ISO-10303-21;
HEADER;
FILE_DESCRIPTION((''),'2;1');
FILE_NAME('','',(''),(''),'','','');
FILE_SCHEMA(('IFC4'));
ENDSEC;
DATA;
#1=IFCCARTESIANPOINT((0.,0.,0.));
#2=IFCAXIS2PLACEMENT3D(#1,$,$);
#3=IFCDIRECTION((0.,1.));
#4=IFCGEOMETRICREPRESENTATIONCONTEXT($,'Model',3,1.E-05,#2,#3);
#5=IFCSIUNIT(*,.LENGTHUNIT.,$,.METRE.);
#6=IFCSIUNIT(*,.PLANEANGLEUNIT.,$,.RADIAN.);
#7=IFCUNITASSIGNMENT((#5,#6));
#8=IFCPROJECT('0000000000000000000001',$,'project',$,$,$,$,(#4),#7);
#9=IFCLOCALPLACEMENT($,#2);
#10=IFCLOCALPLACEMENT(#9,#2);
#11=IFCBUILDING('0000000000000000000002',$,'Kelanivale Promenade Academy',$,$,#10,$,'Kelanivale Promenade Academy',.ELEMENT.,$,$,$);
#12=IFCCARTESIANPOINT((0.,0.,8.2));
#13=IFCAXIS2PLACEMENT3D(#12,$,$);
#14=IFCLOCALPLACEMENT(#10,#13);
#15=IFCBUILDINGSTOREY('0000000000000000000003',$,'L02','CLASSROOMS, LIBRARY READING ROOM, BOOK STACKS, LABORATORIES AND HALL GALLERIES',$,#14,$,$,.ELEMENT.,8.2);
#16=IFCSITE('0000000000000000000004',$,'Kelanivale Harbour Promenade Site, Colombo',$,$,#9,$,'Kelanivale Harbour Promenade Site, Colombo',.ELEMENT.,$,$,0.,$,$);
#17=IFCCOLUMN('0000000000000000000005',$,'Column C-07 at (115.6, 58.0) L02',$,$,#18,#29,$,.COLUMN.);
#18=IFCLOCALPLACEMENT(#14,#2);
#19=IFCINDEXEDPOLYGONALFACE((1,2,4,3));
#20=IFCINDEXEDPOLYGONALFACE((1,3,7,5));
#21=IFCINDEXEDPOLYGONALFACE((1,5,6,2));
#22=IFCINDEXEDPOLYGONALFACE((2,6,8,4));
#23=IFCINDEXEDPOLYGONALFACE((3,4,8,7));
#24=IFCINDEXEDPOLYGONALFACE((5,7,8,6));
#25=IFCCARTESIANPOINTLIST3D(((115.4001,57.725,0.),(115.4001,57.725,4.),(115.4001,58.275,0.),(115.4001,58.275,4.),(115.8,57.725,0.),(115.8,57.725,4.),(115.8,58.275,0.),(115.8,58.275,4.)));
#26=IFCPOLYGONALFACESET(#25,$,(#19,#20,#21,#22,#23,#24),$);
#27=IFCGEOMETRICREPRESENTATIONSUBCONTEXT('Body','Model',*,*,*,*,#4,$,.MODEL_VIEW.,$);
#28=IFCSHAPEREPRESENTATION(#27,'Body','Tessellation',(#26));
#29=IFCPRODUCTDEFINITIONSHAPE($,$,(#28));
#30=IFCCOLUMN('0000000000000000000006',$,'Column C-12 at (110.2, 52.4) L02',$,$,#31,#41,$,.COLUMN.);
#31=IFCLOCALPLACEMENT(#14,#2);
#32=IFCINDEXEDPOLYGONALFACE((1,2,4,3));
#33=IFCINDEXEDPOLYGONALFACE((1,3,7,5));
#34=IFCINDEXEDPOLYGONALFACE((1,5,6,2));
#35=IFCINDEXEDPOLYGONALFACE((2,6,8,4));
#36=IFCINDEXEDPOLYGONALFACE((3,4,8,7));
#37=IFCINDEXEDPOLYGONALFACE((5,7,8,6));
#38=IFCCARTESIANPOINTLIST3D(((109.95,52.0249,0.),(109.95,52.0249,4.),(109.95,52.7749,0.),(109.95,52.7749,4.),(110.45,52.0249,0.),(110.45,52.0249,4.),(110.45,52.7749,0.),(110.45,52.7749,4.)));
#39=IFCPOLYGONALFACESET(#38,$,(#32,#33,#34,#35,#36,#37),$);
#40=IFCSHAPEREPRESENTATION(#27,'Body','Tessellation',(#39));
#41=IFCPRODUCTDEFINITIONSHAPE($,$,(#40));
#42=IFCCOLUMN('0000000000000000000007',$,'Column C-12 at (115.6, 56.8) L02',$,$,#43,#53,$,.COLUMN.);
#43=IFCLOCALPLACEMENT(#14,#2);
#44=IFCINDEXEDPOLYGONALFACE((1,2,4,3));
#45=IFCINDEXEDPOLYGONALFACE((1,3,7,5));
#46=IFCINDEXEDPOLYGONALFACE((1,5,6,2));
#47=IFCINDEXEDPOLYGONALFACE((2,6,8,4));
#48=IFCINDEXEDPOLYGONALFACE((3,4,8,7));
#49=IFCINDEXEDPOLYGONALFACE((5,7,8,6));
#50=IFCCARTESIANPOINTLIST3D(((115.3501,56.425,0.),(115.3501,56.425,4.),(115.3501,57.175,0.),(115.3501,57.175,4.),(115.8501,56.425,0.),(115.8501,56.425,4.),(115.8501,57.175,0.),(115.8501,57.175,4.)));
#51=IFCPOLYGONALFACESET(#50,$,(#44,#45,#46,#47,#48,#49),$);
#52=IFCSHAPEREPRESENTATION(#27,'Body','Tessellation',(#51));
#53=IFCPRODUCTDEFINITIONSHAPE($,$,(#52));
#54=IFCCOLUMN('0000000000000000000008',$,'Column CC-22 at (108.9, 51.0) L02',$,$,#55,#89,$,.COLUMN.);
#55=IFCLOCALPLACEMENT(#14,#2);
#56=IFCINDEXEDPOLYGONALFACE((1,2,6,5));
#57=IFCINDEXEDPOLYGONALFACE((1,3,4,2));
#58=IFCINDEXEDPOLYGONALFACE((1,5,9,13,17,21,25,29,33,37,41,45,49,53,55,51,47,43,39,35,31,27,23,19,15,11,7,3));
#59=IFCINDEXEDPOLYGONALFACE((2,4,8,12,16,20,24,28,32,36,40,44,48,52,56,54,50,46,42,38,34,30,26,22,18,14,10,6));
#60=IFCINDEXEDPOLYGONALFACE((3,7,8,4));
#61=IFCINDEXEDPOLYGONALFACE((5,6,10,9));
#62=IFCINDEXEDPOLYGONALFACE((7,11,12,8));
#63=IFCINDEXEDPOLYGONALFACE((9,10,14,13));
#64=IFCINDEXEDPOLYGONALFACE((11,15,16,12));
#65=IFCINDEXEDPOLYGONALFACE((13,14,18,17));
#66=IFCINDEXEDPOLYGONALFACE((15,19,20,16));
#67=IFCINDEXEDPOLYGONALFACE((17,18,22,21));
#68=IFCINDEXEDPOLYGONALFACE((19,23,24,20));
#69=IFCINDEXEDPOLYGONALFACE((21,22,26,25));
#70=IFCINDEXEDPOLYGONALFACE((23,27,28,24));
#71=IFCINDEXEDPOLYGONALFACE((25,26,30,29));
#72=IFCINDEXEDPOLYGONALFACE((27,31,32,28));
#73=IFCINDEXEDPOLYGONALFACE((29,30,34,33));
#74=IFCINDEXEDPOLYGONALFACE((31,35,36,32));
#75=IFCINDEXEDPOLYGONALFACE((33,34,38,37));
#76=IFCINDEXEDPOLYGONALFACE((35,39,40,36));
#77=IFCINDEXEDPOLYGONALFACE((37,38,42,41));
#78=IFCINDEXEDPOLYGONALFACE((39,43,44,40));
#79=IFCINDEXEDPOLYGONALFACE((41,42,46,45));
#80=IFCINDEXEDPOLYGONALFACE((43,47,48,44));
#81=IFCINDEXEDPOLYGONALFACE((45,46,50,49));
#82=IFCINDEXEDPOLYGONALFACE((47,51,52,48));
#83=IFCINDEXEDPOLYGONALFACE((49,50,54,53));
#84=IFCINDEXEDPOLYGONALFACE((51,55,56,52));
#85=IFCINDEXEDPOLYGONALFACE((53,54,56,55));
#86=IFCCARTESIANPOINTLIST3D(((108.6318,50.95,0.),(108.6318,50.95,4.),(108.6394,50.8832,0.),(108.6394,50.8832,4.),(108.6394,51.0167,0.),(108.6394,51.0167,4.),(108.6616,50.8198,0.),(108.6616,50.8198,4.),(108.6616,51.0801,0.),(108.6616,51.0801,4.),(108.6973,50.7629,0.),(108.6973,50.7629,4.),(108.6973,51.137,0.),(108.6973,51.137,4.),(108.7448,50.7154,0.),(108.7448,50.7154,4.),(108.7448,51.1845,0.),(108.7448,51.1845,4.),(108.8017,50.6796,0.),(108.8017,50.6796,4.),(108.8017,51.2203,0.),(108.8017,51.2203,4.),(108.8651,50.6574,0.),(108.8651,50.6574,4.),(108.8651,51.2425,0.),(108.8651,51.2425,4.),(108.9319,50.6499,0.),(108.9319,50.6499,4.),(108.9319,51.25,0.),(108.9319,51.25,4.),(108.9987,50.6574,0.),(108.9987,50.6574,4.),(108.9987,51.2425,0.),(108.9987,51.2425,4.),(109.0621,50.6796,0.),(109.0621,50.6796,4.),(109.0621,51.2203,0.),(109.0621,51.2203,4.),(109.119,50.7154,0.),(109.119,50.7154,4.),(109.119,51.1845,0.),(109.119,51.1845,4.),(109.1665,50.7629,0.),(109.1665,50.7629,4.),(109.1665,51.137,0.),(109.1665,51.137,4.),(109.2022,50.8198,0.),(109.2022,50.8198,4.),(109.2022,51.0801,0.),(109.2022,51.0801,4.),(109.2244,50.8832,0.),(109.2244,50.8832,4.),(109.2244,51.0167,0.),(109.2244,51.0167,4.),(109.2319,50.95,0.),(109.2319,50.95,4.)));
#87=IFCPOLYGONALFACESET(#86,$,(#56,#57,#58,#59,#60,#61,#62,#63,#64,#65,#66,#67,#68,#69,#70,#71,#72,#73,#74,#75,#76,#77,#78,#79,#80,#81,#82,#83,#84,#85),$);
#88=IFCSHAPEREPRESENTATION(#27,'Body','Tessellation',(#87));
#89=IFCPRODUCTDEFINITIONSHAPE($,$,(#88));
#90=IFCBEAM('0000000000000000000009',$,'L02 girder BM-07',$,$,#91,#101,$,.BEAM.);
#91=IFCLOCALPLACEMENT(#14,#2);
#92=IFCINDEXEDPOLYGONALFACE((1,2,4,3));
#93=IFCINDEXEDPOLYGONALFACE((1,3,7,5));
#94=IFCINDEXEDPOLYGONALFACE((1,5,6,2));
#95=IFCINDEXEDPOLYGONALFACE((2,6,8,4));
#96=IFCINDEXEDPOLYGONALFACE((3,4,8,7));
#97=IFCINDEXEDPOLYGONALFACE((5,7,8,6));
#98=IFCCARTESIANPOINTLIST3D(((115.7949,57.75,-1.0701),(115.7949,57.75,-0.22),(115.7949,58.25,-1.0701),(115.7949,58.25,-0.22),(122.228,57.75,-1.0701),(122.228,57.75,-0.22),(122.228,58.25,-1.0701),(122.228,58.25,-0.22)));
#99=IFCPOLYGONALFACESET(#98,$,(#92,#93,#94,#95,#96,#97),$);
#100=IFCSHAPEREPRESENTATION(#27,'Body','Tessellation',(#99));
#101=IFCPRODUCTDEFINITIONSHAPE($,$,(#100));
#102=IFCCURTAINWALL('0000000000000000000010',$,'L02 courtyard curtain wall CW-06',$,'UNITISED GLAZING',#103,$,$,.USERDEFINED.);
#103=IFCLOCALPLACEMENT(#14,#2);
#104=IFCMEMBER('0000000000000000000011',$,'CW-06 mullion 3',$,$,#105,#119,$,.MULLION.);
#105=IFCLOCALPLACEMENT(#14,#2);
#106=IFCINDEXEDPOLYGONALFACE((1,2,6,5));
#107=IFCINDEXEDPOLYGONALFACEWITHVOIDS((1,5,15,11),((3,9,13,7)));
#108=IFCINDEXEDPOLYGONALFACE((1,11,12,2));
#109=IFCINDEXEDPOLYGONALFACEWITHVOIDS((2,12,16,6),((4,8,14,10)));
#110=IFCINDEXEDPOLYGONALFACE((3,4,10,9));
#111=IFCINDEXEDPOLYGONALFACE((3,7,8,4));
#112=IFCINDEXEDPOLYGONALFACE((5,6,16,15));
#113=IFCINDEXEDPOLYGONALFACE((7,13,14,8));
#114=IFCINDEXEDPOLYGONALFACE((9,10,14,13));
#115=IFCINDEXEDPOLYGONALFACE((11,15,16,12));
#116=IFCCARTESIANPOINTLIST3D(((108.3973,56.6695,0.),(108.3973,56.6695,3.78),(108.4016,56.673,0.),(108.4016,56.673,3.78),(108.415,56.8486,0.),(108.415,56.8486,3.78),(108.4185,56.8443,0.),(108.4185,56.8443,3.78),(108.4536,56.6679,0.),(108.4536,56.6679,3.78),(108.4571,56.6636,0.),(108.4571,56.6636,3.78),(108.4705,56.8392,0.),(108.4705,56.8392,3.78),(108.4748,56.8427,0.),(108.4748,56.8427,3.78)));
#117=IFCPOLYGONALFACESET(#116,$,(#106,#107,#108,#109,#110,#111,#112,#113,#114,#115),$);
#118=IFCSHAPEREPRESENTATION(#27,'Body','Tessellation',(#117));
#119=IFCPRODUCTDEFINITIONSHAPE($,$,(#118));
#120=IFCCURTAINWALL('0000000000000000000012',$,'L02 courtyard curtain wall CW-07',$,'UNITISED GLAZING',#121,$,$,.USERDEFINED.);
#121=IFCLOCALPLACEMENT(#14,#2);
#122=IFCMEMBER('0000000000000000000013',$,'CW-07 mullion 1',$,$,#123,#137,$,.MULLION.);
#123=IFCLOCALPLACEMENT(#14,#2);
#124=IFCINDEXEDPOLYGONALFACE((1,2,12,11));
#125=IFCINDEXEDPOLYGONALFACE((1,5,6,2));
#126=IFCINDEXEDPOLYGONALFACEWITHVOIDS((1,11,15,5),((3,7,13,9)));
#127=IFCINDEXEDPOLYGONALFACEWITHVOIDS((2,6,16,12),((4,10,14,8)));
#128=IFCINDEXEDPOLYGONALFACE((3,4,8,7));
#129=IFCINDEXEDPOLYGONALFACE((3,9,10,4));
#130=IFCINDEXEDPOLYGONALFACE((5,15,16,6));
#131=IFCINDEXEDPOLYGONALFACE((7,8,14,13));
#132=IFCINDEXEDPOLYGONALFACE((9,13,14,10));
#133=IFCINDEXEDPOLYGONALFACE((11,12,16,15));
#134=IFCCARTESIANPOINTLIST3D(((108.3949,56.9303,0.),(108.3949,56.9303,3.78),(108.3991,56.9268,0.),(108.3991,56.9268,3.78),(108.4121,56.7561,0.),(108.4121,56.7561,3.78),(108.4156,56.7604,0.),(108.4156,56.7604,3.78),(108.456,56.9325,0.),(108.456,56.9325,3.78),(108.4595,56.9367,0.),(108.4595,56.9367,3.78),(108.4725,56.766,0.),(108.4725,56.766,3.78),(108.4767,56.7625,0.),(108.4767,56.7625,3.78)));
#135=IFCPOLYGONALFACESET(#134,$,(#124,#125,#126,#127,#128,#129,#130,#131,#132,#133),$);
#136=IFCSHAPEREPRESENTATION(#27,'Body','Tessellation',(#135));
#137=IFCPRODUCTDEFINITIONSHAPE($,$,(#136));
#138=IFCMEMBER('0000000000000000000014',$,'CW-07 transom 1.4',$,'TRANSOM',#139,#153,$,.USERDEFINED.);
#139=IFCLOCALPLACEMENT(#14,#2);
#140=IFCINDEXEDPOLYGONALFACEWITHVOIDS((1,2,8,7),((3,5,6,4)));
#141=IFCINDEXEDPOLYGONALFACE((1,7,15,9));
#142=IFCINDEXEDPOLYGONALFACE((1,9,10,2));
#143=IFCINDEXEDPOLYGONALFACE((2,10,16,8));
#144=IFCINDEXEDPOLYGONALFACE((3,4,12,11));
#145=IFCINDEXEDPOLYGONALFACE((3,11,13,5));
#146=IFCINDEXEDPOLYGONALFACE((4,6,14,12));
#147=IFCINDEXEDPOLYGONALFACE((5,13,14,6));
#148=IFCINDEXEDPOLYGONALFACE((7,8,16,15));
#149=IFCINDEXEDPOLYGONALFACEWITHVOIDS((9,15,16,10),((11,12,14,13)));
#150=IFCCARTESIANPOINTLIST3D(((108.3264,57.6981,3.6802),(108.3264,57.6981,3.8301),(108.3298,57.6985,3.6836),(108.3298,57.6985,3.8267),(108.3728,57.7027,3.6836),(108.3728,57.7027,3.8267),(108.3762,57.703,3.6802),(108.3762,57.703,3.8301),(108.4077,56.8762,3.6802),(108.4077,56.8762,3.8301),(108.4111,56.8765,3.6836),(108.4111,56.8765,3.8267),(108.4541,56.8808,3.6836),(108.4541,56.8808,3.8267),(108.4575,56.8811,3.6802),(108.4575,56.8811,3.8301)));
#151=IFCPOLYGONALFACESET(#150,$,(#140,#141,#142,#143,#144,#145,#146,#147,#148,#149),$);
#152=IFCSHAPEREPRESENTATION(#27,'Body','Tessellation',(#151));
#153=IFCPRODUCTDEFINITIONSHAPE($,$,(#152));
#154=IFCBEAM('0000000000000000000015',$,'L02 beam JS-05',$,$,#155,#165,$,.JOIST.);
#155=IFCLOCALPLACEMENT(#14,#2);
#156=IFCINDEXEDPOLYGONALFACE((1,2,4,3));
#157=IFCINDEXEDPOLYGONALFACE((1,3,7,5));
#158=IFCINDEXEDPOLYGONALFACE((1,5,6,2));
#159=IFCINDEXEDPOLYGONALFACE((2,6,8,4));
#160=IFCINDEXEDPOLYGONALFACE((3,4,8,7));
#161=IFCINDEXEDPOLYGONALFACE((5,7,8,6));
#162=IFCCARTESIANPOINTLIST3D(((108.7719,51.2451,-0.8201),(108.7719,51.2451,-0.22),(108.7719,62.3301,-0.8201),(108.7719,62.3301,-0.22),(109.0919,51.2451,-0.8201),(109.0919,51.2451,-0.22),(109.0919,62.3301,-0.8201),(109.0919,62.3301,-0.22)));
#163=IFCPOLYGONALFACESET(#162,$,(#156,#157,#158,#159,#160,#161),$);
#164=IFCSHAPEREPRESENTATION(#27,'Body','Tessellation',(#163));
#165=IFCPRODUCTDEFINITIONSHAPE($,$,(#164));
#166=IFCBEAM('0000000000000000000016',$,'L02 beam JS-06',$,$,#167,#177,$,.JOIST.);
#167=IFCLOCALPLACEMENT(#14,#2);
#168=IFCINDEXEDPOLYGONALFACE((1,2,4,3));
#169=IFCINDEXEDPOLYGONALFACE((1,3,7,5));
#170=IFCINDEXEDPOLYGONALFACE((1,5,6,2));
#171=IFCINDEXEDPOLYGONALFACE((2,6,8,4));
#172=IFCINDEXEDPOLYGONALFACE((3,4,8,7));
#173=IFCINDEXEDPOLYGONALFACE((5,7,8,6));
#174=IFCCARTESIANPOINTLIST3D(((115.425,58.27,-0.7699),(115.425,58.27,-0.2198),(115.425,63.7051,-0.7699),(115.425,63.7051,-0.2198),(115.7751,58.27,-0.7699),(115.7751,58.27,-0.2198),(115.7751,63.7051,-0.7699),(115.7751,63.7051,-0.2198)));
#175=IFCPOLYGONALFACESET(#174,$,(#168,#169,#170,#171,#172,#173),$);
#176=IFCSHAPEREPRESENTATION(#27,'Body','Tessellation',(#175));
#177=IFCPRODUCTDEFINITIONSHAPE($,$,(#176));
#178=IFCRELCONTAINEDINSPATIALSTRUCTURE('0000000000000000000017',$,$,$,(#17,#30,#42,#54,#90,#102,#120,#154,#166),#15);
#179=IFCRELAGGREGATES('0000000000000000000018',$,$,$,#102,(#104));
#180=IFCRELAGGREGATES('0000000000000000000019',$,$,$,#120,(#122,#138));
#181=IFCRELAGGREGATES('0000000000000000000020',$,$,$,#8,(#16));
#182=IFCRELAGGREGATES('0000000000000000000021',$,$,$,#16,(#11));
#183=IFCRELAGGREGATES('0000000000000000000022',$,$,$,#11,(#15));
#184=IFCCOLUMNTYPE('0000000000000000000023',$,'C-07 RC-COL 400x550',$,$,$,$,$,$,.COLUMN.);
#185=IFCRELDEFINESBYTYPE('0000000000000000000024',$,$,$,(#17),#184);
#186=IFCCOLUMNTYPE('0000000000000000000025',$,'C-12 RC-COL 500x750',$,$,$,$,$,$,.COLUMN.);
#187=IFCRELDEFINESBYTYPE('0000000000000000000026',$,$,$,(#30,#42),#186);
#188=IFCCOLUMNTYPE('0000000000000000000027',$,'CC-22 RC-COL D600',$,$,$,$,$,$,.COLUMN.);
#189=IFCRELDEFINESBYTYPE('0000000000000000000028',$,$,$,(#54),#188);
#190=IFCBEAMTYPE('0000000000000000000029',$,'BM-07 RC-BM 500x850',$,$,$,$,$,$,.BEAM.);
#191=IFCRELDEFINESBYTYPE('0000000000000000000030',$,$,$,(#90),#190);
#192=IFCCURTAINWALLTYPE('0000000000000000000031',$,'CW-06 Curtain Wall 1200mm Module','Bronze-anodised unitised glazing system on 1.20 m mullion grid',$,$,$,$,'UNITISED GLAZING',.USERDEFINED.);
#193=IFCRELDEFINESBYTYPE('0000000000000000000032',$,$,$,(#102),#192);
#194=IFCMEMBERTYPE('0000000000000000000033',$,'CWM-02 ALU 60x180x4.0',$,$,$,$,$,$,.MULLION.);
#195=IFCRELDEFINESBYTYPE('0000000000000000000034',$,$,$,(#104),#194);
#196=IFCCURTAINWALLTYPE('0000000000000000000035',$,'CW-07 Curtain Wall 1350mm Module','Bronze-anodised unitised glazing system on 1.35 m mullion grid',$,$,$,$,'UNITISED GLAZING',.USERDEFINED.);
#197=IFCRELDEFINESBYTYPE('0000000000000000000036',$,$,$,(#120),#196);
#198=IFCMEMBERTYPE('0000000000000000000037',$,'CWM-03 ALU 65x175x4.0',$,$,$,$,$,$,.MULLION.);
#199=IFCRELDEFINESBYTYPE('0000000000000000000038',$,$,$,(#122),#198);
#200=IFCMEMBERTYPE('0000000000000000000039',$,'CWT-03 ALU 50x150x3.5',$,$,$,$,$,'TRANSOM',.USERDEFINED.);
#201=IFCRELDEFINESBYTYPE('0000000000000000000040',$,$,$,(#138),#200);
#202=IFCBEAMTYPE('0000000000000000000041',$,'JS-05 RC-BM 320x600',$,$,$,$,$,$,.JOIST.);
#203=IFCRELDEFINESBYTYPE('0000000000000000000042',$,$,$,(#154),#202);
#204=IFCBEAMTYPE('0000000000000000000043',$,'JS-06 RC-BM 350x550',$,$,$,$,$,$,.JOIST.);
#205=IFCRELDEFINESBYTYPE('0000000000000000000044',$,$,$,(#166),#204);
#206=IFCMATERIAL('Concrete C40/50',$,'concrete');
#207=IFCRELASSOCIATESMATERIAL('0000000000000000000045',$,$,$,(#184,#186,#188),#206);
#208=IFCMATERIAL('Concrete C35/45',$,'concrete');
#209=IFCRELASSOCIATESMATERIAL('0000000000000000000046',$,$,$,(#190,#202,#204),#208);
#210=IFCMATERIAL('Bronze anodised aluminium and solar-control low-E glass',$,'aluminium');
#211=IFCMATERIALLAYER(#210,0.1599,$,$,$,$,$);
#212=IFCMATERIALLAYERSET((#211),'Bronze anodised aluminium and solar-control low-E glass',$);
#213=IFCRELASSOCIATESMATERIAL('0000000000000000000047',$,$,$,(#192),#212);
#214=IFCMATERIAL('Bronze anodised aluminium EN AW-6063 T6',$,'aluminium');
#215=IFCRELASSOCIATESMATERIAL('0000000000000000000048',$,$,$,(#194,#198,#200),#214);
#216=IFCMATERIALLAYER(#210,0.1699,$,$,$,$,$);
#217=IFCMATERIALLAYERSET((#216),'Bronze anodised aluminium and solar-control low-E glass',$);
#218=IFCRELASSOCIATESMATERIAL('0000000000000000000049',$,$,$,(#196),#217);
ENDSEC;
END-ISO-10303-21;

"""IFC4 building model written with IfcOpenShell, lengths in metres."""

from ifc_helpers import new_model, si_unit, direction, frame, origin, origin_2d, place, context, subcontext, project, spatial, rectangle, hollow_rectangle, circle, extrude, material, layer, layer_set, material_profile, profile_set, type_object, element, aggregate, save


model = new_model("IFC4")

# Units and contexts
model_context = context("Model", 3, precision=1e-05, world=origin(), true_north=direction((0.0, 1.0)))
body_context = subcontext(model_context, "Body", "Model", "MODEL_VIEW")
ifc_project = project(units=[si_unit("LENGTHUNIT", "METRE"), si_unit("PLANEANGLEUNIT", "RADIAN")], contexts=[model_context])

# Site, building, storey
site_placement = place(None, origin())
site = spatial("IfcSite", under=ifc_project, at=site_placement, Name="Kelanivale Harbour Promenade Site, Colombo", LongName="Kelanivale Harbour Promenade Site, Colombo", CompositionType="ELEMENT", RefElevation=0.0)
building_placement = place(site_placement, origin())
building = spatial("IfcBuilding", under=site, at=building_placement, Name="Kelanivale Promenade Academy", LongName="Kelanivale Promenade Academy", CompositionType="ELEMENT")
storey_placement = place(building_placement, frame((0.0, 0.0, 8.2)))
storey = spatial("IfcBuildingStorey", under=building, at=storey_placement, Name="L02", Description="CLASSROOMS, LIBRARY READING ROOM, BOOK STACKS, LABORATORIES AND HALL GALLERIES", CompositionType="ELEMENT", Elevation=8.2)

# Columns
ifc_material_1 = material(Name="Concrete C40/50", Category="concrete")
ifc_material_profile_1 = material_profile(ifc_material_1, rectangle(XDim=0.3999, YDim=0.55, at=origin_2d()), Name="RC-COL 400x550")
ifc_profile_set_1 = profile_set([ifc_material_profile_1], Name="Concrete C40/50")
column_type_1 = type_object("IfcColumnType", Name="C-07 RC-COL 400x550", PredefinedType="COLUMN", material=ifc_profile_set_1)
column_1_placement = place(storey_placement, frame((115.6001, 58.0, 0.0), z_axis=(0.0, 0.0, 1.0), x_axis=(1.0, 0.0, 0.0)))
element("IfcColumn", 1, at=column_1_placement, inside=storey, type_object=column_type_1, Name="Column C-07 at (115.6, 58.0) L02", PredefinedType="COLUMN", context=body_context, shape_type="SweptSolid", body=[
    extrude(rectangle(XDim=0.3999, YDim=0.55, at=origin_2d()), origin(), (0.0, 0.0, 1.0), 4.0),
])
ifc_material_profile_2 = material_profile(ifc_material_1, rectangle(XDim=0.5, YDim=0.75, at=origin_2d()), Name="RC-COL 500x750")
ifc_profile_set_2 = profile_set([ifc_material_profile_2], Name="Concrete C40/50")
column_type_2 = type_object("IfcColumnType", Name="C-12 RC-COL 500x750", PredefinedType="COLUMN", material=ifc_profile_set_2)
for number, where, z_axis, x_axis, name in (
    (2, (110.2, 52.3999, 0.0), (0.0, 0.0, 1.0), (1.0, 0.0, 0.0), "Column C-12 at (110.2, 52.4) L02"),
    (3, (115.6001, 56.8, 0.0), (0.0, 0.0, 1.0), (1.0, 0.0, 0.0), "Column C-12 at (115.6, 56.8) L02"),
):
    element("IfcColumn", number, at=place(storey_placement, frame(where, z_axis=z_axis, x_axis=x_axis)), inside=storey, type_object=column_type_2, Name=name, PredefinedType="COLUMN", context=body_context, shape_type="SweptSolid", body=[
        extrude(rectangle(XDim=0.5, YDim=0.75, at=origin_2d()), origin(), (0.0, 0.0, 1.0), 4.0),
    ])
ifc_material_profile_3 = material_profile(ifc_material_1, circle(Radius=0.3, at=origin_2d()), Name="RC-COL D600")
ifc_profile_set_3 = profile_set([ifc_material_profile_3], Name="Concrete C40/50")
column_type_3 = type_object("IfcColumnType", Name="CC-22 RC-COL D600", PredefinedType="COLUMN", material=ifc_profile_set_3)
column_2_placement = place(storey_placement, frame((108.9319, 50.95, 0.0), z_axis=(0.0, 0.0, 1.0), x_axis=(1.0, 0.0, 0.0)))
element("IfcColumn", 4, at=column_2_placement, inside=storey, type_object=column_type_3, Name="Column CC-22 at (108.9, 51.0) L02", PredefinedType="COLUMN", context=body_context, shape_type="SweptSolid", body=[
    extrude(circle(Radius=0.3, at=origin_2d()), origin(), (0.0, 0.0, 1.0), 4.0),
])

# Beam
ifc_material_2 = material(Name="Concrete C35/45", Category="concrete")
ifc_material_profile_4 = material_profile(ifc_material_2, rectangle(XDim=0.5, YDim=0.8501, at=origin_2d()), Name="RC-BM 500x850")
ifc_profile_set_4 = profile_set([ifc_material_profile_4], Name="Concrete C35/45")
beam_type_1 = type_object("IfcBeamType", Name="BM-07 RC-BM 500x850", PredefinedType="BEAM", material=ifc_profile_set_4)
beam_1_placement = place(storey_placement, frame((115.7949, 58.0, -0.645), z_axis=(1.0, 0.0, 0.0), x_axis=(0.0, 1.0, 0.0)))
element("IfcBeam", 5, at=beam_1_placement, inside=storey, type_object=beam_type_1, Name="L02 girder BM-07", PredefinedType="BEAM", context=body_context, shape_type="SweptSolid", body=[
    extrude(rectangle(XDim=0.5, YDim=0.8501, at=origin_2d()), origin(), (0.0, 0.0, 1.0), 6.4331),
])

# Curtain wall, member
ifc_material_3 = material(Name="Bronze anodised aluminium and solar-control low-E glass", Category="aluminium")
ifc_layer_1 = layer(ifc_material_3, 0.1599)
ifc_layer_set_1 = layer_set([ifc_layer_1], Name="Bronze anodised aluminium and solar-control low-E glass")
curtain_wall_type_1 = type_object("IfcCurtainWallType", Name="CW-06 Curtain Wall 1200mm Module", Description="Bronze-anodised unitised glazing system on 1.20 m mullion grid", ElementType="UNITISED GLAZING", PredefinedType="USERDEFINED", material=ifc_layer_set_1)
curtain_wall_1_placement = place(storey_placement, origin())
curtain_wall_1 = element("IfcCurtainWall", 6, at=curtain_wall_1_placement, inside=storey, type_object=curtain_wall_type_1, Name="L02 courtyard curtain wall CW-06", ObjectType="UNITISED GLAZING", PredefinedType="USERDEFINED")
ifc_material_4 = material(Name="Bronze anodised aluminium EN AW-6063 T6", Category="aluminium")
ifc_material_profile_5 = material_profile(ifc_material_4, hollow_rectangle(XDim=0.0601, YDim=0.1799, WallThickness=0.0039, at=origin_2d()), Name="ALU 60x180x4.0")
ifc_profile_set_5 = profile_set([ifc_material_profile_5], Name="Bronze anodised aluminium EN AW-6063 T6")
member_type_1 = type_object("IfcMemberType", Name="CWM-02 ALU 60x180x4.0", PredefinedType="MULLION", material=ifc_profile_set_5)
member_1_placement = place(storey_placement, frame((108.436, 56.7561, 0.0), z_axis=(0.0, 0.0, 1.0), x_axis=(-0.995159, 0.098281, 0.0)))
member_1 = element("IfcMember", 7, at=member_1_placement, type_object=member_type_1, Name="CW-06 mullion 3", PredefinedType="MULLION", context=body_context, shape_type="SweptSolid", body=[
    extrude(hollow_rectangle(XDim=0.0601, YDim=0.1799, WallThickness=0.0039, at=origin_2d()), origin(), (0.0, 0.0, 1.0), 3.78),
])
aggregate(curtain_wall_1, [member_1])

# Curtain wall, members
ifc_layer_2 = layer(ifc_material_3, 0.1699)
ifc_layer_set_2 = layer_set([ifc_layer_2], Name="Bronze anodised aluminium and solar-control low-E glass")
curtain_wall_type_2 = type_object("IfcCurtainWallType", Name="CW-07 Curtain Wall 1350mm Module", Description="Bronze-anodised unitised glazing system on 1.35 m mullion grid", ElementType="UNITISED GLAZING", PredefinedType="USERDEFINED", material=ifc_layer_set_2)
curtain_wall_2_placement = place(storey_placement, origin())
curtain_wall_2 = element("IfcCurtainWall", 8, at=curtain_wall_2_placement, inside=storey, type_object=curtain_wall_type_2, Name="L02 courtyard curtain wall CW-07", ObjectType="UNITISED GLAZING", PredefinedType="USERDEFINED")
ifc_material_profile_6 = material_profile(ifc_material_4, hollow_rectangle(XDim=0.0649, YDim=0.175, WallThickness=0.0039, at=origin_2d()), Name="ALU 65x175x4.0")
ifc_profile_set_6 = profile_set([ifc_material_profile_6], Name="Bronze anodised aluminium EN AW-6063 T6")
member_type_2 = type_object("IfcMemberType", Name="CWM-03 ALU 65x175x4.0", PredefinedType="MULLION", material=ifc_profile_set_6)
member_2_placement = place(storey_placement, frame((108.4358, 56.8464, 0.0), z_axis=(0.0, 0.0, 1.0), x_axis=(-0.995133, -0.098539, 0.0)))
member_2 = element("IfcMember", 9, at=member_2_placement, type_object=member_type_2, Name="CW-07 mullion 1", PredefinedType="MULLION", context=body_context, shape_type="SweptSolid", body=[
    extrude(hollow_rectangle(XDim=0.0649, YDim=0.175, WallThickness=0.0039, at=origin_2d()), origin(), (0.0, 0.0, 1.0), 3.78),
])
ifc_material_profile_7 = material_profile(ifc_material_4, hollow_rectangle(XDim=0.05, YDim=0.1499, WallThickness=0.0034, at=origin_2d()), Name="ALU 50x150x3.5")
ifc_profile_set_7 = profile_set([ifc_material_profile_7], Name="Bronze anodised aluminium EN AW-6063 T6")
member_type_3 = type_object("IfcMemberType", Name="CWT-03 ALU 50x150x3.5", ElementType="TRANSOM", PredefinedType="USERDEFINED", material=ifc_profile_set_7)
member_3_placement = place(storey_placement, frame((108.4326, 56.8787, 3.7551), z_axis=(-0.098421, 0.995145, 0.0), x_axis=(-0.995145, -0.098421, 0.0)))
member_3 = element("IfcMember", 10, at=member_3_placement, type_object=member_type_3, Name="CW-07 transom 1.4", ObjectType="TRANSOM", PredefinedType="USERDEFINED", context=body_context, shape_type="SweptSolid", body=[
    extrude(hollow_rectangle(XDim=0.05, YDim=0.1499, WallThickness=0.0034, at=origin_2d()), origin(), (0.0, 0.0, 1.0), 0.8259),
])
aggregate(curtain_wall_2, [member_2, member_3])

# Beams
ifc_material_profile_8 = material_profile(ifc_material_2, rectangle(XDim=0.3201, YDim=0.6001, at=origin_2d()), Name="RC-BM 320x600")
ifc_profile_set_8 = profile_set([ifc_material_profile_8], Name="Concrete C35/45")
beam_type_2 = type_object("IfcBeamType", Name="JS-05 RC-BM 320x600", PredefinedType="JOIST", material=ifc_profile_set_8)
beam_2_placement = place(storey_placement, frame((108.9319, 51.2451, -0.52), z_axis=(0.0, 1.0, 0.0), x_axis=(-1.0, 0.0, 0.0)))
element("IfcBeam", 11, at=beam_2_placement, inside=storey, type_object=beam_type_2, Name="L02 beam JS-05", PredefinedType="JOIST", context=body_context, shape_type="SweptSolid", body=[
    extrude(rectangle(XDim=0.3201, YDim=0.6001, at=origin_2d()), origin(), (0.0, 0.0, 1.0), 11.085),
])
ifc_material_profile_9 = material_profile(ifc_material_2, rectangle(XDim=0.3501, YDim=0.55, at=origin_2d()), Name="RC-BM 350x550")
ifc_profile_set_9 = profile_set([ifc_material_profile_9], Name="Concrete C35/45")
beam_type_3 = type_object("IfcBeamType", Name="JS-06 RC-BM 350x550", PredefinedType="JOIST", material=ifc_profile_set_9)
beam_3_placement = place(storey_placement, frame((115.6001, 58.27, -0.4949), z_axis=(0.0, 1.0, 0.0), x_axis=(-1.0, 0.0, 0.0)))
element("IfcBeam", 12, at=beam_3_placement, inside=storey, type_object=beam_type_3, Name="L02 beam JS-06", PredefinedType="JOIST", context=body_context, shape_type="SweptSolid", body=[
    extrude(rectangle(XDim=0.3501, YDim=0.55, at=origin_2d()), origin(), (0.0, 0.0, 1.0), 5.4351),
])

save(model, "model.ifc")
